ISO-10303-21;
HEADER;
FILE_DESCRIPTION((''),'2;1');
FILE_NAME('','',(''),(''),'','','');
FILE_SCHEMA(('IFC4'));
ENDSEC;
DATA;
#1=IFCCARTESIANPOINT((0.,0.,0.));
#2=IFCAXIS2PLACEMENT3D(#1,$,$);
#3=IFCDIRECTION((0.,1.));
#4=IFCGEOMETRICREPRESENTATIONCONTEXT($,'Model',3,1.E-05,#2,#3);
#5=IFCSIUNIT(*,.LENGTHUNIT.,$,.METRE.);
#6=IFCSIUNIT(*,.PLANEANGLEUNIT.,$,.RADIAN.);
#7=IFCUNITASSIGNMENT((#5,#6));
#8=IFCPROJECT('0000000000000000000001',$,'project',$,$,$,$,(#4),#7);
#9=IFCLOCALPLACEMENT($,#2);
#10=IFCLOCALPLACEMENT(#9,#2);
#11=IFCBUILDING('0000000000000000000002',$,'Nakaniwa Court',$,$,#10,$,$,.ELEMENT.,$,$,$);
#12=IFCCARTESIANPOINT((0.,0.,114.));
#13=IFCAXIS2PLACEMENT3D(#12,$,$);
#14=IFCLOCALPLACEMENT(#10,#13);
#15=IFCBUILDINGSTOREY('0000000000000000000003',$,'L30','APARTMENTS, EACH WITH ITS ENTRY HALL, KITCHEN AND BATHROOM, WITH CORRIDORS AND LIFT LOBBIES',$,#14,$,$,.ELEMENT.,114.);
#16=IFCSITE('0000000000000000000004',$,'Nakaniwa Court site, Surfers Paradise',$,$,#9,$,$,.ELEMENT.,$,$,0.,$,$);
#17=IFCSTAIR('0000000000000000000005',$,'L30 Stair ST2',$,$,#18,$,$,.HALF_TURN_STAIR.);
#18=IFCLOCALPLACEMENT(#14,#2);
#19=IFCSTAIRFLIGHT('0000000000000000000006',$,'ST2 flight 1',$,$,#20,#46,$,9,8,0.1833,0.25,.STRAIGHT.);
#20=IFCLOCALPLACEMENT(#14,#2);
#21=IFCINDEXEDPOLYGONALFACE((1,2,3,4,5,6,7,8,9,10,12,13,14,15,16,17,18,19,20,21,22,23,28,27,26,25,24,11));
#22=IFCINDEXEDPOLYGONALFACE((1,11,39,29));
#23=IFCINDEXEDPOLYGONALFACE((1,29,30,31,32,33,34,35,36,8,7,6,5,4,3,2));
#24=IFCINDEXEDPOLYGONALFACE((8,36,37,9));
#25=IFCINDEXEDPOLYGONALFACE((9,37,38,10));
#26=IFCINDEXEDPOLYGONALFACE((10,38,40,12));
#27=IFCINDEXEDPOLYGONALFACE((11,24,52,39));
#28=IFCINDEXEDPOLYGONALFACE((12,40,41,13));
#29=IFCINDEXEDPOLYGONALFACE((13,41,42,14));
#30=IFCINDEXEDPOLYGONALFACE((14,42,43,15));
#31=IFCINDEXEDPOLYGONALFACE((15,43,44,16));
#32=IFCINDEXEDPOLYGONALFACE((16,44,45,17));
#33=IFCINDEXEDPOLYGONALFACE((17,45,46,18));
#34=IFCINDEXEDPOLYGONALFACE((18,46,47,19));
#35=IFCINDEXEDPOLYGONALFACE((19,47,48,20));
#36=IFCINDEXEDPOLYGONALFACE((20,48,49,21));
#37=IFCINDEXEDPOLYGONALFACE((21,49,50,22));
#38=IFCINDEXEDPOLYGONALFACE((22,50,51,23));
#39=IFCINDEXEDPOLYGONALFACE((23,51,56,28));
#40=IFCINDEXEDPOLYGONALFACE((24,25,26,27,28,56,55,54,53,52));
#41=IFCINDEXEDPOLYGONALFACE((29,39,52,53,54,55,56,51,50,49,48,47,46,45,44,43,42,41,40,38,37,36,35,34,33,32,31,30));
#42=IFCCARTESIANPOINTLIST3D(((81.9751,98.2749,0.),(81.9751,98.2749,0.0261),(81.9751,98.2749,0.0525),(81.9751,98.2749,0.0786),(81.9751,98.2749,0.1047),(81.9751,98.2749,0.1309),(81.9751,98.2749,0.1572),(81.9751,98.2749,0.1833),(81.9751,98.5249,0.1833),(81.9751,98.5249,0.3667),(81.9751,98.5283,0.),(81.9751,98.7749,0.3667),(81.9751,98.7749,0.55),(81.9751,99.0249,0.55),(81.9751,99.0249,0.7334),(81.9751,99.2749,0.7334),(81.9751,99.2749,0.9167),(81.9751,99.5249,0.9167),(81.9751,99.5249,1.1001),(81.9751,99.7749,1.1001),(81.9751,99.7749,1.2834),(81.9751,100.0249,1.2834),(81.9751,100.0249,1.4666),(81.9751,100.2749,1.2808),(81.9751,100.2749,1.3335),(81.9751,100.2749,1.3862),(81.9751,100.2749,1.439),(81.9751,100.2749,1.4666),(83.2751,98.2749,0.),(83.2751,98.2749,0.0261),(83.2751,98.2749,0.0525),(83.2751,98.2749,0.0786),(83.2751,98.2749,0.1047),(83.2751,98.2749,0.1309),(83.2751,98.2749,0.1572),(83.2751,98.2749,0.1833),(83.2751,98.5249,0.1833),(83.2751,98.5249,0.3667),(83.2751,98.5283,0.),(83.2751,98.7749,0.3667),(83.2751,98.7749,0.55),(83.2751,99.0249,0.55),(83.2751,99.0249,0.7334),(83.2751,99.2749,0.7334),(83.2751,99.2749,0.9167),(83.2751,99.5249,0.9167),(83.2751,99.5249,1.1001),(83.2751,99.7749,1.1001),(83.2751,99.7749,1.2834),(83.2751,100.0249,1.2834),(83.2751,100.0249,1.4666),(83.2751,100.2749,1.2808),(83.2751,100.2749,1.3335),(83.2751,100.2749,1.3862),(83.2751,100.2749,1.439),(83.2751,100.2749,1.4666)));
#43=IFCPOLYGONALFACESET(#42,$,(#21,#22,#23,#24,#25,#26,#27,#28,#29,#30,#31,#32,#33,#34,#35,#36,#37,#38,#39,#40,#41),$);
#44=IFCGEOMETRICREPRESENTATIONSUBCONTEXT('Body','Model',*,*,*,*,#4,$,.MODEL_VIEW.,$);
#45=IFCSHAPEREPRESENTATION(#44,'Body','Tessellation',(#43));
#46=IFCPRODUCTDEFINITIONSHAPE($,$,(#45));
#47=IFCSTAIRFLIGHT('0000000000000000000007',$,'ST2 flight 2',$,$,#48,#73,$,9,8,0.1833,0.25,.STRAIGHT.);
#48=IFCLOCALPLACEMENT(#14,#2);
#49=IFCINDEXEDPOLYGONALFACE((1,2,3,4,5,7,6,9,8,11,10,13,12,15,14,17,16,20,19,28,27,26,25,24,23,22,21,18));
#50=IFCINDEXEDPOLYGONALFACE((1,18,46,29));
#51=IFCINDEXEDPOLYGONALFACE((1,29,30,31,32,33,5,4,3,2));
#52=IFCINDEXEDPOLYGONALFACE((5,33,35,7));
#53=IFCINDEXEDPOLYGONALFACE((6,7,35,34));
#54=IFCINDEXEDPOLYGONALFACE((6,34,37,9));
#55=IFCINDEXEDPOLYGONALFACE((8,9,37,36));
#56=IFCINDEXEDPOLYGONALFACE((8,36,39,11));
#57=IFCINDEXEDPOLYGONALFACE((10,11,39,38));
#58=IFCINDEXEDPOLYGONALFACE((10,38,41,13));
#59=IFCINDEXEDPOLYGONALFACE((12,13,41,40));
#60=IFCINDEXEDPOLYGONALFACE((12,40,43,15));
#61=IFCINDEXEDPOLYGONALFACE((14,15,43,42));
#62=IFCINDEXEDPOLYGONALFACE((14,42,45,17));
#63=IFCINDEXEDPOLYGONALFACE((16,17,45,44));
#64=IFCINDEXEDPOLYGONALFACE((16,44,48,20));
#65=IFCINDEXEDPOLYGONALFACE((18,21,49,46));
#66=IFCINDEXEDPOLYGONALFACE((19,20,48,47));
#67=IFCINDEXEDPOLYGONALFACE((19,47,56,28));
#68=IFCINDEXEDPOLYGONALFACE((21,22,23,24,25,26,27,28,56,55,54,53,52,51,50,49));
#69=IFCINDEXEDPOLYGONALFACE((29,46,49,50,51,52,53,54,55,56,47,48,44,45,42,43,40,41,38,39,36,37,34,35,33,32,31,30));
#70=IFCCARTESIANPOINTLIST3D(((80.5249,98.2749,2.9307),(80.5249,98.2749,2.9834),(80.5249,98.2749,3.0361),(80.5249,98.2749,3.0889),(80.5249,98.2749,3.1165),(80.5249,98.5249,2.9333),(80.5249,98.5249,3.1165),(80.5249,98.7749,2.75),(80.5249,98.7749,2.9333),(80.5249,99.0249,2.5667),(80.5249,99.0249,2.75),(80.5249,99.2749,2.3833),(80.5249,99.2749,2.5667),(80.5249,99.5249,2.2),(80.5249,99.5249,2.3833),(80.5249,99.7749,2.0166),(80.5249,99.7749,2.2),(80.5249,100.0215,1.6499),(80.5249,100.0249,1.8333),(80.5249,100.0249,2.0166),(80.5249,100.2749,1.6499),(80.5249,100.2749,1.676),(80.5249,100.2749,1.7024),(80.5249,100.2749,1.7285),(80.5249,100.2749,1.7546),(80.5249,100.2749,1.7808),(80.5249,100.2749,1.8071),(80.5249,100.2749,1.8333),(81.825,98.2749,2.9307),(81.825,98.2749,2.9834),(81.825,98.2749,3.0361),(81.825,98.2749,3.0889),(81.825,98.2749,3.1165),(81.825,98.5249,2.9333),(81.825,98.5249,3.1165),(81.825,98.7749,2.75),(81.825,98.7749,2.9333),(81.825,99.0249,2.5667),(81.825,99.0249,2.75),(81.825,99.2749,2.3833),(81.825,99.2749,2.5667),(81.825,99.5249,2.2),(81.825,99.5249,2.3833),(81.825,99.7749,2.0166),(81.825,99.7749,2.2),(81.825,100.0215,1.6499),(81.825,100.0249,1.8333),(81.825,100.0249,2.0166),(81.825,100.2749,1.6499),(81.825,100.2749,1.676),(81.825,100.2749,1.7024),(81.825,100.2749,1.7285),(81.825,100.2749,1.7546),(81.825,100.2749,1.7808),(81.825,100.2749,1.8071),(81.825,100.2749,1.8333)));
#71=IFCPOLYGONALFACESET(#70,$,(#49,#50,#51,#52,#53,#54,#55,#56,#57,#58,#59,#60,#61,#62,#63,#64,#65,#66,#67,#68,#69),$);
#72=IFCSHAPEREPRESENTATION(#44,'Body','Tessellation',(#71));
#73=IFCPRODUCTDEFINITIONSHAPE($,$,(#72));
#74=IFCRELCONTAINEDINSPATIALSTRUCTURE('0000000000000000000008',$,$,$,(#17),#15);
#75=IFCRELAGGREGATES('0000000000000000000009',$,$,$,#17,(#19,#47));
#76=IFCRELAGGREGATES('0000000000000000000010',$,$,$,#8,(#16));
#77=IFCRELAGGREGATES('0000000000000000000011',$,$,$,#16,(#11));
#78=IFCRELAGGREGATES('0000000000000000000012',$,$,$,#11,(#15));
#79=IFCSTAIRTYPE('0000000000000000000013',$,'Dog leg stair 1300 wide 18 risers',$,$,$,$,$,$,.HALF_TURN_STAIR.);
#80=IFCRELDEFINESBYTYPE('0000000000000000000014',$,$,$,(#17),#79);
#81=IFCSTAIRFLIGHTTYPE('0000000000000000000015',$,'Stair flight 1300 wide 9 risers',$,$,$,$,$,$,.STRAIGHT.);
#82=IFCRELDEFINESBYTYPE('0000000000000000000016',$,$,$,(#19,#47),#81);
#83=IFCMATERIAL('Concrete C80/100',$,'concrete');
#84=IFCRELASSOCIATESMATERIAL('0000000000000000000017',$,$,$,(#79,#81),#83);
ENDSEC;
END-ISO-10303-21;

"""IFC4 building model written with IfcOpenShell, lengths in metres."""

from ifc_helpers import new_model, si_unit, direction, frame, origin, place, context, subcontext, project, spatial, polyline, outline, extrude, material, type_object, element, aggregate, save


model = new_model("IFC4")

# Units and contexts
model_context = context("Model", 3, precision=1e-05, world=origin(), true_north=direction((0.0, 1.0)))
body_context = subcontext(model_context, "Body", "Model", "MODEL_VIEW")
ifc_project = project(units=[si_unit("LENGTHUNIT", "METRE"), si_unit("PLANEANGLEUNIT", "RADIAN")], contexts=[model_context])

# Site, building, storey
site_placement = place(None, origin())
site = spatial("IfcSite", under=ifc_project, at=site_placement, Name="Nakaniwa Court site, Surfers Paradise", CompositionType="ELEMENT", RefElevation=0.0)
building_placement = place(site_placement, origin())
building = spatial("IfcBuilding", under=site, at=building_placement, Name="Nakaniwa Court", CompositionType="ELEMENT")
storey_placement = place(building_placement, frame((0.0, 0.0, 114.0)))
storey = spatial("IfcBuildingStorey", under=building, at=storey_placement, Name="L30", Description="APARTMENTS, EACH WITH ITS ENTRY HALL, KITCHEN AND BATHROOM, WITH CORRIDORS AND LIFT LOBBIES", CompositionType="ELEMENT", Elevation=114.0)

# Shared definitions
ifc_material_1 = material(Name="Concrete C80/100", Category="concrete")

# Stair, stair flights
stair_type = type_object("IfcStairType", Name="Dog leg stair 1300 wide 18 risers", PredefinedType="HALF_TURN_STAIR", material=ifc_material_1)
stair_placement = place(storey_placement, origin())
stair = element("IfcStair", 1, at=stair_placement, inside=storey, type_object=stair_type, Name="L30 Stair ST2", PredefinedType="HALF_TURN_STAIR")
stair_flight_type = type_object("IfcStairFlightType", Name="Stair flight 1300 wide 9 risers", PredefinedType="STRAIGHT", material=ifc_material_1)
stair_flight_1_placement = place(storey_placement, frame((82.625, 98.2749, 0.0), z_axis=(0.0, 0.0, 1.0), x_axis=(0.0, 1.0, 0.0)))
stair_flight_1 = element("IfcStairFlight", 2, at=stair_flight_1_placement, type_object=stair_flight_type, Name="ST2 flight 1", NumberOfRisers=9, NumberOfTreads=8, PredefinedType="STRAIGHT", RiserHeight=0.1833, TreadLength=0.25, context=body_context, shape_type="SweptSolid", body=[
    extrude(outline(polyline([(0.0, 0.0), (0.0, 0.0261), (0.0, 0.0525), (0.0, 0.0786), (0.0, 0.1047), (0.0, 0.1309), (0.0, 0.1572), (0.0, 0.1833), (0.25, 0.1833), (0.25, 0.3667), (0.5, 0.3667), (0.5, 0.55), (0.75, 0.55), (0.75, 0.7334), (1.0, 0.7334), (1.0, 0.9167), (1.25, 0.9167), (1.25, 1.1001), (1.5, 1.1001), (1.5, 1.2834), (1.75, 1.2834), (1.75, 1.4666), (2.0, 1.4666), (2.0, 1.6499), (2.0, 1.5972), (2.0, 1.5444), (2.0, 1.4917), (2.0, 1.439), (2.0, 1.3862), (2.0, 1.3335), (2.0, 1.2808), (0.2534, 0.0), (0.0, 0.0)])), frame((0.0, 0.6499, 0.0), z_axis=(0.0, -1.0, 0.0), x_axis=(1.0, 0.0, 0.0)), (0.0, 0.0, 1.0), 1.3),
])
stair_flight_2_placement = place(storey_placement, frame((81.175, 100.2749, 1.6499), z_axis=(0.0, 0.0, 1.0), x_axis=(0.0, -1.0, 0.0)))
stair_flight_2 = element("IfcStairFlight", 3, at=stair_flight_2_placement, type_object=stair_flight_type, Name="ST2 flight 2", NumberOfRisers=9, NumberOfTreads=8, PredefinedType="STRAIGHT", RiserHeight=0.1833, TreadLength=0.25, context=body_context, shape_type="SweptSolid", body=[
    extrude(outline(polyline([(0.0, 0.0), (0.0, 0.0261), (0.0, 0.0525), (0.0, 0.0786), (0.0, 0.1047), (0.0, 0.1309), (0.0, 0.1572), (0.0, 0.1833), (0.25, 0.1833), (0.25, 0.3667), (0.5, 0.3667), (0.5, 0.55), (0.75, 0.55), (0.75, 0.7334), (1.0, 0.7334), (1.0, 0.9167), (1.25, 0.9167), (1.25, 1.1001), (1.5, 1.1001), (1.5, 1.2834), (1.75, 1.2834), (1.75, 1.4666), (2.0, 1.4666), (2.0, 1.6499), (2.0, 1.5972), (2.0, 1.5444), (2.0, 1.4917), (2.0, 1.439), (2.0, 1.3862), (2.0, 1.3335), (2.0, 1.2808), (0.2534, 0.0), (0.0, 0.0)])), frame((0.0, 0.6499, 0.0), z_axis=(0.0, -1.0, 0.0), x_axis=(1.0, 0.0, 0.0)), (0.0, 0.0, 1.0), 1.3),
])
aggregate(stair, [stair_flight_1, stair_flight_2])

save(model, "model.ifc")
